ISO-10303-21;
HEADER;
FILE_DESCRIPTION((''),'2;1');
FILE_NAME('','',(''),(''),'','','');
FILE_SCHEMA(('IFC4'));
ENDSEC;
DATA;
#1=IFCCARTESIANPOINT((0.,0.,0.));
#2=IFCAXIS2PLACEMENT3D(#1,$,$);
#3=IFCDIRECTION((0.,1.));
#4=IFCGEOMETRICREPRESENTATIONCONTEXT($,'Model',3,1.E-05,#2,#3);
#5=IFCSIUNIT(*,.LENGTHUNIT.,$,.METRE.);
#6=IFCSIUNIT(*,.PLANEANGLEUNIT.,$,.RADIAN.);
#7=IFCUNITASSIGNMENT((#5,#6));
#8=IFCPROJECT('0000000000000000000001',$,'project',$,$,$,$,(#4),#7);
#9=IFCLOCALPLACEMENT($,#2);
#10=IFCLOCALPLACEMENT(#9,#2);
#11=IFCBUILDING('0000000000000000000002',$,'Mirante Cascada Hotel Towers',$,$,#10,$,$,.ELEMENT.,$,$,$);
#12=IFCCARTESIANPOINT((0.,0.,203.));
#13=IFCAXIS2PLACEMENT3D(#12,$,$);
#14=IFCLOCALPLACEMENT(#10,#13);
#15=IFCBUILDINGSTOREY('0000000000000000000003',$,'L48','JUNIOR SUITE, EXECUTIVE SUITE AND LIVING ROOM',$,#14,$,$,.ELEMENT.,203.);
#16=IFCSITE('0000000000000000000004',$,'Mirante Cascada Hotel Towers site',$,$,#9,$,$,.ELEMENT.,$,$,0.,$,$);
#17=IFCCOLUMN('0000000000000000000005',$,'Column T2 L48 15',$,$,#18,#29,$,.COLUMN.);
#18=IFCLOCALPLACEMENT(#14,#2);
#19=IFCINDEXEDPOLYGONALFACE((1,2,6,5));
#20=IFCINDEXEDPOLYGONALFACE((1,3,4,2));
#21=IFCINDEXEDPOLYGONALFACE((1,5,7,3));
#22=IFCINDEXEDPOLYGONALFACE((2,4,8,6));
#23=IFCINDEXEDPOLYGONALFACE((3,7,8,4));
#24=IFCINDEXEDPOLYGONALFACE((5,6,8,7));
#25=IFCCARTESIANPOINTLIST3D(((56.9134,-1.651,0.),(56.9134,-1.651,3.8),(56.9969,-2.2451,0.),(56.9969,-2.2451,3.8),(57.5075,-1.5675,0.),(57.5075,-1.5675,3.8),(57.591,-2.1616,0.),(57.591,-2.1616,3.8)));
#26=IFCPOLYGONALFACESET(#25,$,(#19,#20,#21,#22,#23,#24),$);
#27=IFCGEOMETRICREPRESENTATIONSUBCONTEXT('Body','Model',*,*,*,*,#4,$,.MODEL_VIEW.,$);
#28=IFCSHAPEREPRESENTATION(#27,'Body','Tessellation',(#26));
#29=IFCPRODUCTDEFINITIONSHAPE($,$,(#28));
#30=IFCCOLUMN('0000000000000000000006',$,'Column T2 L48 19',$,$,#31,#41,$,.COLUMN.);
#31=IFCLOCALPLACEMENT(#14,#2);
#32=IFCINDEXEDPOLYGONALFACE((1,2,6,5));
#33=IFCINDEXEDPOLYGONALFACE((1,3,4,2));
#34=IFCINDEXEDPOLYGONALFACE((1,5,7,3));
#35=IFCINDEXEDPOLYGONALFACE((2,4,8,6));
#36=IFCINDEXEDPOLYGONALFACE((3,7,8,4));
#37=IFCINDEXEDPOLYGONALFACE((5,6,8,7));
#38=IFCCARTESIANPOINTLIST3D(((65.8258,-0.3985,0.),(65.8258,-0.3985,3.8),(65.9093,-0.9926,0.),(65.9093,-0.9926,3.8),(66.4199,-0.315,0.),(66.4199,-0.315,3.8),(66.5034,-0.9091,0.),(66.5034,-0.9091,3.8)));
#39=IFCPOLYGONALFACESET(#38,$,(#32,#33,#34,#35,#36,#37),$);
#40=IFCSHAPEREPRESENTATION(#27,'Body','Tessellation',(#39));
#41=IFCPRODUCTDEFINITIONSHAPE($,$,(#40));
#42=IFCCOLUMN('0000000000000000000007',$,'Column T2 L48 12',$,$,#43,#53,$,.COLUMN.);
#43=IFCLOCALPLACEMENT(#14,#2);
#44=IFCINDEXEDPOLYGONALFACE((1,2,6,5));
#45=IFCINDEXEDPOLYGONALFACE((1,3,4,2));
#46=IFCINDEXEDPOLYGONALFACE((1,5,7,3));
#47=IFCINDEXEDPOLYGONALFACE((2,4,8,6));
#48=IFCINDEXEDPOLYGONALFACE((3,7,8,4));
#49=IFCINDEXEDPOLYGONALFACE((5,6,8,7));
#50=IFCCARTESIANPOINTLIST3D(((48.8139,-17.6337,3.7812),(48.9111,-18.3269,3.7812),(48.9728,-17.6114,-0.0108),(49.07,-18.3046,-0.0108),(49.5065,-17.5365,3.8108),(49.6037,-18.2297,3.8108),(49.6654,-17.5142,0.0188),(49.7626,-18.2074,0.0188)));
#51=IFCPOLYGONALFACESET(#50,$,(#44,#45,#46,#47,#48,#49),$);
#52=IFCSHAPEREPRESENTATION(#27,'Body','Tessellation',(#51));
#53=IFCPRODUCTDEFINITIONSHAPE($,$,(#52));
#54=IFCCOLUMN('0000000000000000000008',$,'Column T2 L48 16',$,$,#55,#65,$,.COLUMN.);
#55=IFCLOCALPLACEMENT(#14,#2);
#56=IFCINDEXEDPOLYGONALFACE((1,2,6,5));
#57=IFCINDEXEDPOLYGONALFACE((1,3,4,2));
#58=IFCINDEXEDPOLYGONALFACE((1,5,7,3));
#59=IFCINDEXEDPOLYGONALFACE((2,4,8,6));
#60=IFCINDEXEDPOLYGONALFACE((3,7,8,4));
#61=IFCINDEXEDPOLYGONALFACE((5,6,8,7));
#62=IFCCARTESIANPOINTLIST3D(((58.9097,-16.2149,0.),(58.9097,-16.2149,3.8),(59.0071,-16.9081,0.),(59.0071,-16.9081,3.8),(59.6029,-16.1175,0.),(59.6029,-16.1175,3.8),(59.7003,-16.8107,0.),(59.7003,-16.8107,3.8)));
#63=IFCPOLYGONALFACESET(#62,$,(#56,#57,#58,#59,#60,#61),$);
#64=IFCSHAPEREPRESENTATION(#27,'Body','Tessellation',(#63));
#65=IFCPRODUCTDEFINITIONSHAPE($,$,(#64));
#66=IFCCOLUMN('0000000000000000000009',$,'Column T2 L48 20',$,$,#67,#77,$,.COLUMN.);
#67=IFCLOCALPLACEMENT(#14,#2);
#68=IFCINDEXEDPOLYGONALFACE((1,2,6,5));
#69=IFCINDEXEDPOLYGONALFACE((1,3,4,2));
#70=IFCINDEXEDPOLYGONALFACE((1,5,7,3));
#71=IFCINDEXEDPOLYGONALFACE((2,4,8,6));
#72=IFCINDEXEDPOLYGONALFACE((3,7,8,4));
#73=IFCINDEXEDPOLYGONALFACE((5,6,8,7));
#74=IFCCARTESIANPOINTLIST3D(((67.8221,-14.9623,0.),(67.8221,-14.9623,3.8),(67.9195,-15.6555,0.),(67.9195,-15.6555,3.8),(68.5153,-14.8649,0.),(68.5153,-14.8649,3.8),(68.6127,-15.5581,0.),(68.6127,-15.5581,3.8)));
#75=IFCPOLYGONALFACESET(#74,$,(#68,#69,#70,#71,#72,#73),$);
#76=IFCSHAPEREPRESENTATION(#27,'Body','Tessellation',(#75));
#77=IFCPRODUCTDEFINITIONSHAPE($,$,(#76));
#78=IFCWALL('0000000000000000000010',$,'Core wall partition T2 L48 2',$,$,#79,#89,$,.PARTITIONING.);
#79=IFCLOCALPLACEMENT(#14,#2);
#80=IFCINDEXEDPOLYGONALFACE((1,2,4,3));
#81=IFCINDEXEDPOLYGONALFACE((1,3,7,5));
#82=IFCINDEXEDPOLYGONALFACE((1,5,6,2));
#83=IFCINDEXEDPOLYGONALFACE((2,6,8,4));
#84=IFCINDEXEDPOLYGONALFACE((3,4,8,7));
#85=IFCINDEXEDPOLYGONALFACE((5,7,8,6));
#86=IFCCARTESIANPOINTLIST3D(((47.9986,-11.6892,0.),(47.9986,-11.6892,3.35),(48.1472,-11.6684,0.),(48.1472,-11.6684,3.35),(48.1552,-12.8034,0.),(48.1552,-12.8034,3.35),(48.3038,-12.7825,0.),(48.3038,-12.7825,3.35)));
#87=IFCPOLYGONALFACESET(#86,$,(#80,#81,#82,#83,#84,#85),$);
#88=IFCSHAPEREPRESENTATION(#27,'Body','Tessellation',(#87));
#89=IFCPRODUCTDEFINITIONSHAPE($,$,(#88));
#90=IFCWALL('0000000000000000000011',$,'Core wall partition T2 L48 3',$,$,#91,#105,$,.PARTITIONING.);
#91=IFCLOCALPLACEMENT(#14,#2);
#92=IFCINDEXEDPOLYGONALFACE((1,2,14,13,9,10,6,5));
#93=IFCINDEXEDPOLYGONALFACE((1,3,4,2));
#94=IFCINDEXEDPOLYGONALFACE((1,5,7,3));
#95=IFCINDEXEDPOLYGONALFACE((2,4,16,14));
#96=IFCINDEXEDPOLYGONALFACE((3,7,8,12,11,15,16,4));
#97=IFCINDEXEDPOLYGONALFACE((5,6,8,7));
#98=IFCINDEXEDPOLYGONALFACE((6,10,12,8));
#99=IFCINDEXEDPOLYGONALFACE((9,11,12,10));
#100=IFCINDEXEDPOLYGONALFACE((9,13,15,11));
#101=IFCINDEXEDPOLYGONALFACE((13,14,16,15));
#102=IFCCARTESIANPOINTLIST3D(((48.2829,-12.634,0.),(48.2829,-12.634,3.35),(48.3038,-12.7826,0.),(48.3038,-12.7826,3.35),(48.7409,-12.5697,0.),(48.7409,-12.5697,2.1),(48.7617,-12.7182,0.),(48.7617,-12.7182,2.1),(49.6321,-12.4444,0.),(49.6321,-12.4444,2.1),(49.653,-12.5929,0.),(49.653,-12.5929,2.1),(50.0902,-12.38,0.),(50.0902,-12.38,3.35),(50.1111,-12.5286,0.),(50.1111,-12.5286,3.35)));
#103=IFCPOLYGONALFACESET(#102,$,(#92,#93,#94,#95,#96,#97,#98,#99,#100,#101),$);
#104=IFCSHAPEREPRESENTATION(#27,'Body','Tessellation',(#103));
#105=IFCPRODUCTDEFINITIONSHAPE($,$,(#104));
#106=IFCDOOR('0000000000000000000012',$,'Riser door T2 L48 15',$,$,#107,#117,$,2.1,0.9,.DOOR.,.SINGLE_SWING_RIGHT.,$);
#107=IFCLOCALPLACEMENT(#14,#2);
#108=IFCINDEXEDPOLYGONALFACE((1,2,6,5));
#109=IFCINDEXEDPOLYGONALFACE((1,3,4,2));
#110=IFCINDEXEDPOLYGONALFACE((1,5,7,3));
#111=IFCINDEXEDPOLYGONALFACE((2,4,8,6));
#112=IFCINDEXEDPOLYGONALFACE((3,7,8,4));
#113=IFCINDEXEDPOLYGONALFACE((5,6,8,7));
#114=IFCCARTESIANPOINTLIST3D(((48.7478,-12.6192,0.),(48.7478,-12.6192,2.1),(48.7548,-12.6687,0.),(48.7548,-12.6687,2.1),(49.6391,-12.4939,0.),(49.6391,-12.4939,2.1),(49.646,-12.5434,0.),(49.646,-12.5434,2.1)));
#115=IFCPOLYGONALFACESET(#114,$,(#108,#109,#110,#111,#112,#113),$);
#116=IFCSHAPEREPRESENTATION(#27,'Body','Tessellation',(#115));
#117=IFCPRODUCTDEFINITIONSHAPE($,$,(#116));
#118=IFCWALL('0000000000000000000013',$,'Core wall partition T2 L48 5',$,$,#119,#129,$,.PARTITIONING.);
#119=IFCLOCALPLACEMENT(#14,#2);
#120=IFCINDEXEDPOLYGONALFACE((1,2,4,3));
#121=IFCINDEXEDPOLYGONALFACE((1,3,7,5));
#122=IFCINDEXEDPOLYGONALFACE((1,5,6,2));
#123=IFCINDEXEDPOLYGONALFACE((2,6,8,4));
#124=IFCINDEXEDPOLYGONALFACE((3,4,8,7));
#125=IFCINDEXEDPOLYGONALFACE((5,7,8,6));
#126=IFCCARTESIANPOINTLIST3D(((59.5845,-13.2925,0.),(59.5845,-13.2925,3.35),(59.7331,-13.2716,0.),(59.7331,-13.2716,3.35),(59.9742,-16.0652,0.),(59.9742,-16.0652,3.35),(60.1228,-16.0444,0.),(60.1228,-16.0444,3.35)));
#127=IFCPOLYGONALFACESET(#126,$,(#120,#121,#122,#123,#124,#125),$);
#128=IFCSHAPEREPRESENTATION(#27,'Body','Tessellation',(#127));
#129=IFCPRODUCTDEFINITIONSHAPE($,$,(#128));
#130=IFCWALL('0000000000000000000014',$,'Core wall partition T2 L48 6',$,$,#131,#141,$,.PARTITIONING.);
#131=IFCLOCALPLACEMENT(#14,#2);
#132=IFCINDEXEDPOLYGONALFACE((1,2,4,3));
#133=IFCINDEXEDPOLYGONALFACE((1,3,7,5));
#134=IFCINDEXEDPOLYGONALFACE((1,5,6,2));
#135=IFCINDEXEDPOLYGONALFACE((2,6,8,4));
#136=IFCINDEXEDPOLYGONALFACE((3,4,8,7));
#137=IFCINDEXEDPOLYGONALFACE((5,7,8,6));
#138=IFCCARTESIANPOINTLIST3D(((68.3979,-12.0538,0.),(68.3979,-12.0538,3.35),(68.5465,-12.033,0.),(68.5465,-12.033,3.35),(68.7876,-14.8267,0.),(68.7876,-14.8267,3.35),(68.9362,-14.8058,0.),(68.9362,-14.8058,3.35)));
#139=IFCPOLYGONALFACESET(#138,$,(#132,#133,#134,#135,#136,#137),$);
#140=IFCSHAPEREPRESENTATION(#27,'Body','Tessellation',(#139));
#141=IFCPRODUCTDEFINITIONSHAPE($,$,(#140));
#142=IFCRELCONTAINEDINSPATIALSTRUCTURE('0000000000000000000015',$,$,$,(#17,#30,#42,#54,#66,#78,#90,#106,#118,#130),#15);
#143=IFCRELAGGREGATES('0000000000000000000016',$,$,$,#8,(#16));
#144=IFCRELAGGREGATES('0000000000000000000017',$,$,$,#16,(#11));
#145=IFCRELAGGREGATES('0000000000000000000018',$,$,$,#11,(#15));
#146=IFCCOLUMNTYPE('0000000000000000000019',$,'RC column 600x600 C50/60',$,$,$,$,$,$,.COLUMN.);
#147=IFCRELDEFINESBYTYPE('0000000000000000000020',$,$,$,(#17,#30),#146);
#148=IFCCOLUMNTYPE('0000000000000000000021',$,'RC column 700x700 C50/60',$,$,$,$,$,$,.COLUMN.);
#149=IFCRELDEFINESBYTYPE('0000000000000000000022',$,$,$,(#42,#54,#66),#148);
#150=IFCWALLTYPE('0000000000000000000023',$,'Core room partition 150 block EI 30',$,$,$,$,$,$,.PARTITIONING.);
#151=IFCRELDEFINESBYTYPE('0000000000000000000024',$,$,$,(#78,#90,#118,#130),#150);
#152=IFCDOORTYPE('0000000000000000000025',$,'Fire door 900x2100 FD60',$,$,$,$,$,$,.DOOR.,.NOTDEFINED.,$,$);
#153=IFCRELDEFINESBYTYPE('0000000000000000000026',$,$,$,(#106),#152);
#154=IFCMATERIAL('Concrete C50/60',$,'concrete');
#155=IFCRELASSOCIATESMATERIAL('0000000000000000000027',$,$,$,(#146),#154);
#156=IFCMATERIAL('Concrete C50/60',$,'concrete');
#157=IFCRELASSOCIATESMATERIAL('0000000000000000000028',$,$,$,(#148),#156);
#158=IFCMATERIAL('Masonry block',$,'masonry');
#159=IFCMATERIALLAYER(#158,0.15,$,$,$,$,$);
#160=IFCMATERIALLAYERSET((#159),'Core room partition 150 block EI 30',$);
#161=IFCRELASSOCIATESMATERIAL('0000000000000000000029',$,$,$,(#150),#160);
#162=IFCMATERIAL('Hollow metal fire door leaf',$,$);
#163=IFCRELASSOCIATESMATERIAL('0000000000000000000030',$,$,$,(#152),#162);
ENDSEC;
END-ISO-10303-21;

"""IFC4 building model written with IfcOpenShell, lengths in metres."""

from ifc_helpers import new_model, si_unit, direction, frame, frame_2d, origin, origin_2d, place, context, subcontext, project, spatial, rectangle, extrude, material, layer, layer_set, material_profile, profile_set, type_object, element, fill, save


model = new_model("IFC4")

# Units and contexts
model_context = context("Model", 3, precision=1e-05, world=origin(), true_north=direction((0.0, 1.0)))
body_context = subcontext(model_context, "Body", "Model", "MODEL_VIEW")
ifc_project = project(units=[si_unit("LENGTHUNIT", "METRE"), si_unit("PLANEANGLEUNIT", "RADIAN")], contexts=[model_context])

# Site, building, storey
site_placement = place(None, origin())
site = spatial("IfcSite", under=ifc_project, at=site_placement, Name="Mirante Cascada Hotel Towers site", CompositionType="ELEMENT", RefElevation=0.0)
building_placement = place(site_placement, origin())
building = spatial("IfcBuilding", under=site, at=building_placement, Name="Mirante Cascada Hotel Towers", CompositionType="ELEMENT")
storey_placement = place(building_placement, frame((0.0, 0.0, 203.0)))
storey = spatial("IfcBuildingStorey", under=building, at=storey_placement, Name="L48", Description="JUNIOR SUITE, EXECUTIVE SUITE AND LIVING ROOM", CompositionType="ELEMENT", Elevation=203.0)

# Columns
ifc_material_1 = material(Name="Concrete C50/60", Category="concrete")
ifc_material_profile_1 = material_profile(ifc_material_1, rectangle(XDim=0.6, YDim=0.6, at=origin_2d()), Name="RC column 600x600 C50/60")
ifc_profile_set_1 = profile_set([ifc_material_profile_1], Name="Concrete C50/60")
column_type_1 = type_object("IfcColumnType", Name="RC column 600x600 C50/60", PredefinedType="COLUMN", material=ifc_profile_set_1)
for number, where, z_axis, x_axis, name in (
    (1, (57.2522, -1.9063, 0.0), (0.0, 0.0, 1.0), (0.990268, 0.139173, 0.0), "Column T2 L48 15"),
    (2, (66.1646, -0.6538, 0.0), (0.0, 0.0, 1.0), (0.990268, 0.139173, 0.0), "Column T2 L48 19"),
):
    element("IfcColumn", number, at=place(storey_placement, frame(where, z_axis=z_axis, x_axis=x_axis)), inside=storey, type_object=column_type_1, Name=name, PredefinedType="COLUMN", context=body_context, shape_type="SweptSolid", body=[
        extrude(rectangle(XDim=0.6, YDim=0.6, at=origin_2d()), origin(), (0.0, 0.0, 1.0), 3.8),
    ])
ifc_material_2 = material(Name="Concrete C50/60", Category="concrete")
ifc_material_profile_2 = material_profile(ifc_material_2, rectangle(XDim=0.7, YDim=0.7, at=origin_2d()), Name="RC column 700x700 C50/60")
ifc_profile_set_2 = profile_set([ifc_material_profile_2], Name="Concrete C50/60")
column_type_2 = type_object("IfcColumnType", Name="RC column 700x700 C50/60", PredefinedType="COLUMN", material=ifc_profile_set_2)
column_placement = place(storey_placement, frame((49.3677, -17.9094, 0.004), z_axis=(-0.041867, -0.005875, 0.999106), x_axis=(0.138978, -0.990295, 0.0)))
element("IfcColumn", 3, at=column_placement, inside=storey, type_object=column_type_2, Name="Column T2 L48 12", PredefinedType="COLUMN", context=body_context, shape_type="SweptSolid", body=[
    extrude(rectangle(XDim=0.7, YDim=0.7, at=origin_2d()), origin(), (0.0, 0.0, 1.0), 3.7954),
])
for number, where, z_axis, x_axis, name in (
    (4, (59.305, -16.5128, 0.0), (0.0, 0.0, 1.0), (0.990268, 0.139173, 0.0), "Column T2 L48 16"),
    (5, (68.2174, -15.2602, 0.0), (0.0, 0.0, 1.0), (0.990268, 0.139173, 0.0), "Column T2 L48 20"),
):
    element("IfcColumn", number, at=place(storey_placement, frame(where, z_axis=z_axis, x_axis=x_axis)), inside=storey, type_object=column_type_2, Name=name, PredefinedType="COLUMN", context=body_context, shape_type="SweptSolid", body=[
        extrude(rectangle(XDim=0.7, YDim=0.7, at=origin_2d()), origin(), (0.0, 0.0, 1.0), 3.8),
    ])

# Wall
ifc_material_3 = material(Name="Masonry block", Category="masonry")
ifc_layer_1 = layer(ifc_material_3, 0.15)
ifc_layer_set_1 = layer_set([ifc_layer_1], Name="Core room partition 150 block EI 30")
wall_type_1 = type_object("IfcWallType", Name="Core room partition 150 block EI 30", PredefinedType="PARTITIONING", material=ifc_layer_set_1)
wall_1_placement = place(storey_placement, frame((48.2295, -12.793, 0.0), z_axis=(0.0, 0.0, 1.0), x_axis=(-0.139193, 0.990265, 0.0)))
element("IfcWall", 6, at=wall_1_placement, inside=storey, type_object=wall_type_1, Name="Core wall partition T2 L48 2", PredefinedType="PARTITIONING", context=body_context, shape_type="SweptSolid", body=[
    extrude(rectangle(XDim=1.1251, YDim=0.15, at=frame_2d((0.5626, 0.0))), origin(), (0.0, 0.0, 1.0), 3.35),
])

# Wall, opening, door
wall_2_placement = place(storey_placement, frame((48.2933, -12.7083, 0.0), z_axis=(0.0, 0.0, 1.0), x_axis=(0.990268, 0.139173, 0.0)))
wall_2 = element("IfcWall", 7, at=wall_2_placement, inside=storey, type_object=wall_type_1, Name="Core wall partition T2 L48 3", PredefinedType="PARTITIONING", context=body_context, shape_type="SweptSolid", body=[
    extrude(rectangle(XDim=1.8251, YDim=0.15, at=frame_2d((0.9126, 0.0))), origin(), (0.0, 0.0, 1.0), 3.35),
])
opening_1_placement = place(wall_2_placement, frame((0.4625, 0.0, 0.0)))
opening_1 = element("IfcOpeningElement", 8, at=opening_1_placement, cuts=wall_2, PredefinedType="OPENING", context=body_context, shape_type="SweptSolid", body=[
    extrude(rectangle(XDim=0.9, YDim=2.1, at=frame_2d((0.45, 1.05))), frame((0.0, 0.075, 0.0), z_axis=(0.0, -1.0, 0.0), x_axis=(1.0, 0.0, 0.0)), (0.0, 0.0, 1.0), 0.15),
])
ifc_material_4 = material(Name="Hollow metal fire door leaf")
door_type_1 = type_object("IfcDoorType", Name="Fire door 900x2100 FD60", OperationType="NOTDEFINED", PredefinedType="DOOR", material=ifc_material_4)
door_1_placement = place(opening_1_placement, frame((0.9, 0.0, 0.0), z_axis=(0.0, 0.0, 1.0), x_axis=(-1.0, 0.0, 0.0)))
door_1 = element("IfcDoor", 9, at=door_1_placement, inside=storey, type_object=door_type_1, Name="Riser door T2 L48 15", OperationType="SINGLE_SWING_RIGHT", OverallHeight=2.1, OverallWidth=0.9, PredefinedType="DOOR", context=body_context, shape_type="SweptSolid", body=[
    extrude(rectangle(XDim=0.9, YDim=2.1, at=frame_2d((0.45, 1.05))), frame((0.0, 0.025, 0.0), z_axis=(0.0, -1.0, 0.0), x_axis=(1.0, 0.0, 0.0)), (0.0, 0.0, 1.0), 0.05),
])
fill(opening_1, door_1)

# Walls
wall_3_placement = place(storey_placement, frame((60.0485, -16.0548, 0.0), z_axis=(0.0, 0.0, 1.0), x_axis=(-0.139181, 0.990267, 0.0)))
element("IfcWall", 10, at=wall_3_placement, inside=storey, type_object=wall_type_1, Name="Core wall partition T2 L48 5", PredefinedType="PARTITIONING", context=body_context, shape_type="SweptSolid", body=[
    extrude(rectangle(XDim=2.8, YDim=0.15, at=frame_2d((1.4, 0.0))), origin(), (0.0, 0.0, 1.0), 3.35),
])
wall_4_placement = place(storey_placement, frame((68.8619, -14.8162, 0.0), z_axis=(0.0, 0.0, 1.0), x_axis=(-0.139176, 0.990268, 0.0)))
element("IfcWall", 11, at=wall_4_placement, inside=storey, type_object=wall_type_1, Name="Core wall partition T2 L48 6", PredefinedType="PARTITIONING", context=body_context, shape_type="SweptSolid", body=[
    extrude(rectangle(XDim=2.8001, YDim=0.15, at=frame_2d((1.4, 0.0))), origin(), (0.0, 0.0, 1.0), 3.35),
])

save(model, "model.ifc")
